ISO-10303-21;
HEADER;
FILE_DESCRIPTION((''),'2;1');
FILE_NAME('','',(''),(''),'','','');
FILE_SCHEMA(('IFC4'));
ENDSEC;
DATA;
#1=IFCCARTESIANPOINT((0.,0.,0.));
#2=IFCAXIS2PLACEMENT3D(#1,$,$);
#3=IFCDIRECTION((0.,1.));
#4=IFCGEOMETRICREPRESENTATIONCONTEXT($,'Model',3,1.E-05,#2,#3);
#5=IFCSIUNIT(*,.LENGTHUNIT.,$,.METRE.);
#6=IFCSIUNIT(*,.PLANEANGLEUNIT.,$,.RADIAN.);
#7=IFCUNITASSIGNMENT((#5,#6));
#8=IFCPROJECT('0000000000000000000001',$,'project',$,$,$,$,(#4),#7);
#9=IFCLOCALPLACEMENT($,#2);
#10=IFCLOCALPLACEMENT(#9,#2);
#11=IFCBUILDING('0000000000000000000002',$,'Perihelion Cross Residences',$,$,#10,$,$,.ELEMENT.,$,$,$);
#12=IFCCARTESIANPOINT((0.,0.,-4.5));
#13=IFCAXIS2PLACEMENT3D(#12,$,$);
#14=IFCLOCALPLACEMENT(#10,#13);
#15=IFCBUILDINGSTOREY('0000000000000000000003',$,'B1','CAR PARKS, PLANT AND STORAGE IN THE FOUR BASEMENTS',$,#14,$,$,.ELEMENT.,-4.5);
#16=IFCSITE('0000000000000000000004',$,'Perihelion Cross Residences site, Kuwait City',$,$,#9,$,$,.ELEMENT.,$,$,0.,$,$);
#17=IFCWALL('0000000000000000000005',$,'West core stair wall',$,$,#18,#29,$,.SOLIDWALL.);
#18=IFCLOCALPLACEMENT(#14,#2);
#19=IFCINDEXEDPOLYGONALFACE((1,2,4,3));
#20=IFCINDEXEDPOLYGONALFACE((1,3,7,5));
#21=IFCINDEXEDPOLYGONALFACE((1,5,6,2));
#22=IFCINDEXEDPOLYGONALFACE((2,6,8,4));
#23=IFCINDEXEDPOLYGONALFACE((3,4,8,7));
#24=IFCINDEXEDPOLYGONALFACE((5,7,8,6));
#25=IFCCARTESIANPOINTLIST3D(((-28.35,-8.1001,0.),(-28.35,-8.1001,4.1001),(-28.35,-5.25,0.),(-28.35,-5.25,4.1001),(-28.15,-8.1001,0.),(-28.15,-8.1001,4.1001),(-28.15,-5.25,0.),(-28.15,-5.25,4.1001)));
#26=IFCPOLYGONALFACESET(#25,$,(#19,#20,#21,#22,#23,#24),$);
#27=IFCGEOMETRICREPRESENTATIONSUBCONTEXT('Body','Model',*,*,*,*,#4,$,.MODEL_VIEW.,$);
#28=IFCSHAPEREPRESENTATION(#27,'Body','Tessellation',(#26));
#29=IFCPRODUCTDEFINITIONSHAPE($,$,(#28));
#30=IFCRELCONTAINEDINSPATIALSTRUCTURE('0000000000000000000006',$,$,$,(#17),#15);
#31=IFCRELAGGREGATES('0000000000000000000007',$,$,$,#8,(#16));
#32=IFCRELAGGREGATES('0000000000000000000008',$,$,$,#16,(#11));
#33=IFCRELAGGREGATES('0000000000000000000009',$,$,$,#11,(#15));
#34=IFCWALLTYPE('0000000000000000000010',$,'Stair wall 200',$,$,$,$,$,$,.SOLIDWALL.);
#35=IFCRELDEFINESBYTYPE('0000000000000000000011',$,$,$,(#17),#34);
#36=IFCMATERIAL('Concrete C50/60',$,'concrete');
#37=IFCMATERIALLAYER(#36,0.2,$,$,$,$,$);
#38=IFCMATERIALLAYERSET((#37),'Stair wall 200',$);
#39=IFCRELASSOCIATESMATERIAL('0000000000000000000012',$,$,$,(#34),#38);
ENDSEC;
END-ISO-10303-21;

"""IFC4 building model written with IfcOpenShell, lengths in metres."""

from ifc_helpers import new_model, si_unit, direction, frame, frame_2d, origin, place, context, subcontext, project, spatial, rectangle, extrude, material, layer, layer_set, type_object, element, save


model = new_model("IFC4")

# Units and contexts
model_context = context("Model", 3, precision=1e-05, world=origin(), true_north=direction((0.0, 1.0)))
body_context = subcontext(model_context, "Body", "Model", "MODEL_VIEW")
ifc_project = project(units=[si_unit("LENGTHUNIT", "METRE"), si_unit("PLANEANGLEUNIT", "RADIAN")], contexts=[model_context])

# Site, building, storey
site_placement = place(None, origin())
site = spatial("IfcSite", under=ifc_project, at=site_placement, Name="Perihelion Cross Residences site, Kuwait City", CompositionType="ELEMENT", RefElevation=0.0)
building_placement = place(site_placement, origin())
building = spatial("IfcBuilding", under=site, at=building_placement, Name="Perihelion Cross Residences", CompositionType="ELEMENT")
storey_placement = place(building_placement, frame((0.0, 0.0, -4.5)))
storey = spatial("IfcBuildingStorey", under=building, at=storey_placement, Name="B1", Description="CAR PARKS, PLANT AND STORAGE IN THE FOUR BASEMENTS", CompositionType="ELEMENT", Elevation=-4.5)

# Shared definitions
ifc_material_1 = material(Name="Concrete C50/60", Category="concrete")
ifc_layer_1 = layer(ifc_material_1, 0.2)
ifc_layer_set_1 = layer_set([ifc_layer_1], Name="Stair wall 200")
wall_type_1 = type_object("IfcWallType", Name="Stair wall 200", PredefinedType="SOLIDWALL", material=ifc_layer_set_1)

# Wall
wall_1_placement = place(storey_placement, frame((-28.25, -8.1001, 0.0), z_axis=(0.0, 0.0, 1.0), x_axis=(0.0, 1.0, 0.0)))
element("IfcWall", 1, at=wall_1_placement, inside=storey, type_object=wall_type_1, Name="West core stair wall", PredefinedType="SOLIDWALL", context=body_context, shape_type="SweptSolid", body=[
    extrude(rectangle(XDim=2.8501, YDim=0.2, at=frame_2d((1.425, 0.0))), origin(), (0.0, 0.0, 1.0), 4.1001),
])

save(model, "model.ifc")
